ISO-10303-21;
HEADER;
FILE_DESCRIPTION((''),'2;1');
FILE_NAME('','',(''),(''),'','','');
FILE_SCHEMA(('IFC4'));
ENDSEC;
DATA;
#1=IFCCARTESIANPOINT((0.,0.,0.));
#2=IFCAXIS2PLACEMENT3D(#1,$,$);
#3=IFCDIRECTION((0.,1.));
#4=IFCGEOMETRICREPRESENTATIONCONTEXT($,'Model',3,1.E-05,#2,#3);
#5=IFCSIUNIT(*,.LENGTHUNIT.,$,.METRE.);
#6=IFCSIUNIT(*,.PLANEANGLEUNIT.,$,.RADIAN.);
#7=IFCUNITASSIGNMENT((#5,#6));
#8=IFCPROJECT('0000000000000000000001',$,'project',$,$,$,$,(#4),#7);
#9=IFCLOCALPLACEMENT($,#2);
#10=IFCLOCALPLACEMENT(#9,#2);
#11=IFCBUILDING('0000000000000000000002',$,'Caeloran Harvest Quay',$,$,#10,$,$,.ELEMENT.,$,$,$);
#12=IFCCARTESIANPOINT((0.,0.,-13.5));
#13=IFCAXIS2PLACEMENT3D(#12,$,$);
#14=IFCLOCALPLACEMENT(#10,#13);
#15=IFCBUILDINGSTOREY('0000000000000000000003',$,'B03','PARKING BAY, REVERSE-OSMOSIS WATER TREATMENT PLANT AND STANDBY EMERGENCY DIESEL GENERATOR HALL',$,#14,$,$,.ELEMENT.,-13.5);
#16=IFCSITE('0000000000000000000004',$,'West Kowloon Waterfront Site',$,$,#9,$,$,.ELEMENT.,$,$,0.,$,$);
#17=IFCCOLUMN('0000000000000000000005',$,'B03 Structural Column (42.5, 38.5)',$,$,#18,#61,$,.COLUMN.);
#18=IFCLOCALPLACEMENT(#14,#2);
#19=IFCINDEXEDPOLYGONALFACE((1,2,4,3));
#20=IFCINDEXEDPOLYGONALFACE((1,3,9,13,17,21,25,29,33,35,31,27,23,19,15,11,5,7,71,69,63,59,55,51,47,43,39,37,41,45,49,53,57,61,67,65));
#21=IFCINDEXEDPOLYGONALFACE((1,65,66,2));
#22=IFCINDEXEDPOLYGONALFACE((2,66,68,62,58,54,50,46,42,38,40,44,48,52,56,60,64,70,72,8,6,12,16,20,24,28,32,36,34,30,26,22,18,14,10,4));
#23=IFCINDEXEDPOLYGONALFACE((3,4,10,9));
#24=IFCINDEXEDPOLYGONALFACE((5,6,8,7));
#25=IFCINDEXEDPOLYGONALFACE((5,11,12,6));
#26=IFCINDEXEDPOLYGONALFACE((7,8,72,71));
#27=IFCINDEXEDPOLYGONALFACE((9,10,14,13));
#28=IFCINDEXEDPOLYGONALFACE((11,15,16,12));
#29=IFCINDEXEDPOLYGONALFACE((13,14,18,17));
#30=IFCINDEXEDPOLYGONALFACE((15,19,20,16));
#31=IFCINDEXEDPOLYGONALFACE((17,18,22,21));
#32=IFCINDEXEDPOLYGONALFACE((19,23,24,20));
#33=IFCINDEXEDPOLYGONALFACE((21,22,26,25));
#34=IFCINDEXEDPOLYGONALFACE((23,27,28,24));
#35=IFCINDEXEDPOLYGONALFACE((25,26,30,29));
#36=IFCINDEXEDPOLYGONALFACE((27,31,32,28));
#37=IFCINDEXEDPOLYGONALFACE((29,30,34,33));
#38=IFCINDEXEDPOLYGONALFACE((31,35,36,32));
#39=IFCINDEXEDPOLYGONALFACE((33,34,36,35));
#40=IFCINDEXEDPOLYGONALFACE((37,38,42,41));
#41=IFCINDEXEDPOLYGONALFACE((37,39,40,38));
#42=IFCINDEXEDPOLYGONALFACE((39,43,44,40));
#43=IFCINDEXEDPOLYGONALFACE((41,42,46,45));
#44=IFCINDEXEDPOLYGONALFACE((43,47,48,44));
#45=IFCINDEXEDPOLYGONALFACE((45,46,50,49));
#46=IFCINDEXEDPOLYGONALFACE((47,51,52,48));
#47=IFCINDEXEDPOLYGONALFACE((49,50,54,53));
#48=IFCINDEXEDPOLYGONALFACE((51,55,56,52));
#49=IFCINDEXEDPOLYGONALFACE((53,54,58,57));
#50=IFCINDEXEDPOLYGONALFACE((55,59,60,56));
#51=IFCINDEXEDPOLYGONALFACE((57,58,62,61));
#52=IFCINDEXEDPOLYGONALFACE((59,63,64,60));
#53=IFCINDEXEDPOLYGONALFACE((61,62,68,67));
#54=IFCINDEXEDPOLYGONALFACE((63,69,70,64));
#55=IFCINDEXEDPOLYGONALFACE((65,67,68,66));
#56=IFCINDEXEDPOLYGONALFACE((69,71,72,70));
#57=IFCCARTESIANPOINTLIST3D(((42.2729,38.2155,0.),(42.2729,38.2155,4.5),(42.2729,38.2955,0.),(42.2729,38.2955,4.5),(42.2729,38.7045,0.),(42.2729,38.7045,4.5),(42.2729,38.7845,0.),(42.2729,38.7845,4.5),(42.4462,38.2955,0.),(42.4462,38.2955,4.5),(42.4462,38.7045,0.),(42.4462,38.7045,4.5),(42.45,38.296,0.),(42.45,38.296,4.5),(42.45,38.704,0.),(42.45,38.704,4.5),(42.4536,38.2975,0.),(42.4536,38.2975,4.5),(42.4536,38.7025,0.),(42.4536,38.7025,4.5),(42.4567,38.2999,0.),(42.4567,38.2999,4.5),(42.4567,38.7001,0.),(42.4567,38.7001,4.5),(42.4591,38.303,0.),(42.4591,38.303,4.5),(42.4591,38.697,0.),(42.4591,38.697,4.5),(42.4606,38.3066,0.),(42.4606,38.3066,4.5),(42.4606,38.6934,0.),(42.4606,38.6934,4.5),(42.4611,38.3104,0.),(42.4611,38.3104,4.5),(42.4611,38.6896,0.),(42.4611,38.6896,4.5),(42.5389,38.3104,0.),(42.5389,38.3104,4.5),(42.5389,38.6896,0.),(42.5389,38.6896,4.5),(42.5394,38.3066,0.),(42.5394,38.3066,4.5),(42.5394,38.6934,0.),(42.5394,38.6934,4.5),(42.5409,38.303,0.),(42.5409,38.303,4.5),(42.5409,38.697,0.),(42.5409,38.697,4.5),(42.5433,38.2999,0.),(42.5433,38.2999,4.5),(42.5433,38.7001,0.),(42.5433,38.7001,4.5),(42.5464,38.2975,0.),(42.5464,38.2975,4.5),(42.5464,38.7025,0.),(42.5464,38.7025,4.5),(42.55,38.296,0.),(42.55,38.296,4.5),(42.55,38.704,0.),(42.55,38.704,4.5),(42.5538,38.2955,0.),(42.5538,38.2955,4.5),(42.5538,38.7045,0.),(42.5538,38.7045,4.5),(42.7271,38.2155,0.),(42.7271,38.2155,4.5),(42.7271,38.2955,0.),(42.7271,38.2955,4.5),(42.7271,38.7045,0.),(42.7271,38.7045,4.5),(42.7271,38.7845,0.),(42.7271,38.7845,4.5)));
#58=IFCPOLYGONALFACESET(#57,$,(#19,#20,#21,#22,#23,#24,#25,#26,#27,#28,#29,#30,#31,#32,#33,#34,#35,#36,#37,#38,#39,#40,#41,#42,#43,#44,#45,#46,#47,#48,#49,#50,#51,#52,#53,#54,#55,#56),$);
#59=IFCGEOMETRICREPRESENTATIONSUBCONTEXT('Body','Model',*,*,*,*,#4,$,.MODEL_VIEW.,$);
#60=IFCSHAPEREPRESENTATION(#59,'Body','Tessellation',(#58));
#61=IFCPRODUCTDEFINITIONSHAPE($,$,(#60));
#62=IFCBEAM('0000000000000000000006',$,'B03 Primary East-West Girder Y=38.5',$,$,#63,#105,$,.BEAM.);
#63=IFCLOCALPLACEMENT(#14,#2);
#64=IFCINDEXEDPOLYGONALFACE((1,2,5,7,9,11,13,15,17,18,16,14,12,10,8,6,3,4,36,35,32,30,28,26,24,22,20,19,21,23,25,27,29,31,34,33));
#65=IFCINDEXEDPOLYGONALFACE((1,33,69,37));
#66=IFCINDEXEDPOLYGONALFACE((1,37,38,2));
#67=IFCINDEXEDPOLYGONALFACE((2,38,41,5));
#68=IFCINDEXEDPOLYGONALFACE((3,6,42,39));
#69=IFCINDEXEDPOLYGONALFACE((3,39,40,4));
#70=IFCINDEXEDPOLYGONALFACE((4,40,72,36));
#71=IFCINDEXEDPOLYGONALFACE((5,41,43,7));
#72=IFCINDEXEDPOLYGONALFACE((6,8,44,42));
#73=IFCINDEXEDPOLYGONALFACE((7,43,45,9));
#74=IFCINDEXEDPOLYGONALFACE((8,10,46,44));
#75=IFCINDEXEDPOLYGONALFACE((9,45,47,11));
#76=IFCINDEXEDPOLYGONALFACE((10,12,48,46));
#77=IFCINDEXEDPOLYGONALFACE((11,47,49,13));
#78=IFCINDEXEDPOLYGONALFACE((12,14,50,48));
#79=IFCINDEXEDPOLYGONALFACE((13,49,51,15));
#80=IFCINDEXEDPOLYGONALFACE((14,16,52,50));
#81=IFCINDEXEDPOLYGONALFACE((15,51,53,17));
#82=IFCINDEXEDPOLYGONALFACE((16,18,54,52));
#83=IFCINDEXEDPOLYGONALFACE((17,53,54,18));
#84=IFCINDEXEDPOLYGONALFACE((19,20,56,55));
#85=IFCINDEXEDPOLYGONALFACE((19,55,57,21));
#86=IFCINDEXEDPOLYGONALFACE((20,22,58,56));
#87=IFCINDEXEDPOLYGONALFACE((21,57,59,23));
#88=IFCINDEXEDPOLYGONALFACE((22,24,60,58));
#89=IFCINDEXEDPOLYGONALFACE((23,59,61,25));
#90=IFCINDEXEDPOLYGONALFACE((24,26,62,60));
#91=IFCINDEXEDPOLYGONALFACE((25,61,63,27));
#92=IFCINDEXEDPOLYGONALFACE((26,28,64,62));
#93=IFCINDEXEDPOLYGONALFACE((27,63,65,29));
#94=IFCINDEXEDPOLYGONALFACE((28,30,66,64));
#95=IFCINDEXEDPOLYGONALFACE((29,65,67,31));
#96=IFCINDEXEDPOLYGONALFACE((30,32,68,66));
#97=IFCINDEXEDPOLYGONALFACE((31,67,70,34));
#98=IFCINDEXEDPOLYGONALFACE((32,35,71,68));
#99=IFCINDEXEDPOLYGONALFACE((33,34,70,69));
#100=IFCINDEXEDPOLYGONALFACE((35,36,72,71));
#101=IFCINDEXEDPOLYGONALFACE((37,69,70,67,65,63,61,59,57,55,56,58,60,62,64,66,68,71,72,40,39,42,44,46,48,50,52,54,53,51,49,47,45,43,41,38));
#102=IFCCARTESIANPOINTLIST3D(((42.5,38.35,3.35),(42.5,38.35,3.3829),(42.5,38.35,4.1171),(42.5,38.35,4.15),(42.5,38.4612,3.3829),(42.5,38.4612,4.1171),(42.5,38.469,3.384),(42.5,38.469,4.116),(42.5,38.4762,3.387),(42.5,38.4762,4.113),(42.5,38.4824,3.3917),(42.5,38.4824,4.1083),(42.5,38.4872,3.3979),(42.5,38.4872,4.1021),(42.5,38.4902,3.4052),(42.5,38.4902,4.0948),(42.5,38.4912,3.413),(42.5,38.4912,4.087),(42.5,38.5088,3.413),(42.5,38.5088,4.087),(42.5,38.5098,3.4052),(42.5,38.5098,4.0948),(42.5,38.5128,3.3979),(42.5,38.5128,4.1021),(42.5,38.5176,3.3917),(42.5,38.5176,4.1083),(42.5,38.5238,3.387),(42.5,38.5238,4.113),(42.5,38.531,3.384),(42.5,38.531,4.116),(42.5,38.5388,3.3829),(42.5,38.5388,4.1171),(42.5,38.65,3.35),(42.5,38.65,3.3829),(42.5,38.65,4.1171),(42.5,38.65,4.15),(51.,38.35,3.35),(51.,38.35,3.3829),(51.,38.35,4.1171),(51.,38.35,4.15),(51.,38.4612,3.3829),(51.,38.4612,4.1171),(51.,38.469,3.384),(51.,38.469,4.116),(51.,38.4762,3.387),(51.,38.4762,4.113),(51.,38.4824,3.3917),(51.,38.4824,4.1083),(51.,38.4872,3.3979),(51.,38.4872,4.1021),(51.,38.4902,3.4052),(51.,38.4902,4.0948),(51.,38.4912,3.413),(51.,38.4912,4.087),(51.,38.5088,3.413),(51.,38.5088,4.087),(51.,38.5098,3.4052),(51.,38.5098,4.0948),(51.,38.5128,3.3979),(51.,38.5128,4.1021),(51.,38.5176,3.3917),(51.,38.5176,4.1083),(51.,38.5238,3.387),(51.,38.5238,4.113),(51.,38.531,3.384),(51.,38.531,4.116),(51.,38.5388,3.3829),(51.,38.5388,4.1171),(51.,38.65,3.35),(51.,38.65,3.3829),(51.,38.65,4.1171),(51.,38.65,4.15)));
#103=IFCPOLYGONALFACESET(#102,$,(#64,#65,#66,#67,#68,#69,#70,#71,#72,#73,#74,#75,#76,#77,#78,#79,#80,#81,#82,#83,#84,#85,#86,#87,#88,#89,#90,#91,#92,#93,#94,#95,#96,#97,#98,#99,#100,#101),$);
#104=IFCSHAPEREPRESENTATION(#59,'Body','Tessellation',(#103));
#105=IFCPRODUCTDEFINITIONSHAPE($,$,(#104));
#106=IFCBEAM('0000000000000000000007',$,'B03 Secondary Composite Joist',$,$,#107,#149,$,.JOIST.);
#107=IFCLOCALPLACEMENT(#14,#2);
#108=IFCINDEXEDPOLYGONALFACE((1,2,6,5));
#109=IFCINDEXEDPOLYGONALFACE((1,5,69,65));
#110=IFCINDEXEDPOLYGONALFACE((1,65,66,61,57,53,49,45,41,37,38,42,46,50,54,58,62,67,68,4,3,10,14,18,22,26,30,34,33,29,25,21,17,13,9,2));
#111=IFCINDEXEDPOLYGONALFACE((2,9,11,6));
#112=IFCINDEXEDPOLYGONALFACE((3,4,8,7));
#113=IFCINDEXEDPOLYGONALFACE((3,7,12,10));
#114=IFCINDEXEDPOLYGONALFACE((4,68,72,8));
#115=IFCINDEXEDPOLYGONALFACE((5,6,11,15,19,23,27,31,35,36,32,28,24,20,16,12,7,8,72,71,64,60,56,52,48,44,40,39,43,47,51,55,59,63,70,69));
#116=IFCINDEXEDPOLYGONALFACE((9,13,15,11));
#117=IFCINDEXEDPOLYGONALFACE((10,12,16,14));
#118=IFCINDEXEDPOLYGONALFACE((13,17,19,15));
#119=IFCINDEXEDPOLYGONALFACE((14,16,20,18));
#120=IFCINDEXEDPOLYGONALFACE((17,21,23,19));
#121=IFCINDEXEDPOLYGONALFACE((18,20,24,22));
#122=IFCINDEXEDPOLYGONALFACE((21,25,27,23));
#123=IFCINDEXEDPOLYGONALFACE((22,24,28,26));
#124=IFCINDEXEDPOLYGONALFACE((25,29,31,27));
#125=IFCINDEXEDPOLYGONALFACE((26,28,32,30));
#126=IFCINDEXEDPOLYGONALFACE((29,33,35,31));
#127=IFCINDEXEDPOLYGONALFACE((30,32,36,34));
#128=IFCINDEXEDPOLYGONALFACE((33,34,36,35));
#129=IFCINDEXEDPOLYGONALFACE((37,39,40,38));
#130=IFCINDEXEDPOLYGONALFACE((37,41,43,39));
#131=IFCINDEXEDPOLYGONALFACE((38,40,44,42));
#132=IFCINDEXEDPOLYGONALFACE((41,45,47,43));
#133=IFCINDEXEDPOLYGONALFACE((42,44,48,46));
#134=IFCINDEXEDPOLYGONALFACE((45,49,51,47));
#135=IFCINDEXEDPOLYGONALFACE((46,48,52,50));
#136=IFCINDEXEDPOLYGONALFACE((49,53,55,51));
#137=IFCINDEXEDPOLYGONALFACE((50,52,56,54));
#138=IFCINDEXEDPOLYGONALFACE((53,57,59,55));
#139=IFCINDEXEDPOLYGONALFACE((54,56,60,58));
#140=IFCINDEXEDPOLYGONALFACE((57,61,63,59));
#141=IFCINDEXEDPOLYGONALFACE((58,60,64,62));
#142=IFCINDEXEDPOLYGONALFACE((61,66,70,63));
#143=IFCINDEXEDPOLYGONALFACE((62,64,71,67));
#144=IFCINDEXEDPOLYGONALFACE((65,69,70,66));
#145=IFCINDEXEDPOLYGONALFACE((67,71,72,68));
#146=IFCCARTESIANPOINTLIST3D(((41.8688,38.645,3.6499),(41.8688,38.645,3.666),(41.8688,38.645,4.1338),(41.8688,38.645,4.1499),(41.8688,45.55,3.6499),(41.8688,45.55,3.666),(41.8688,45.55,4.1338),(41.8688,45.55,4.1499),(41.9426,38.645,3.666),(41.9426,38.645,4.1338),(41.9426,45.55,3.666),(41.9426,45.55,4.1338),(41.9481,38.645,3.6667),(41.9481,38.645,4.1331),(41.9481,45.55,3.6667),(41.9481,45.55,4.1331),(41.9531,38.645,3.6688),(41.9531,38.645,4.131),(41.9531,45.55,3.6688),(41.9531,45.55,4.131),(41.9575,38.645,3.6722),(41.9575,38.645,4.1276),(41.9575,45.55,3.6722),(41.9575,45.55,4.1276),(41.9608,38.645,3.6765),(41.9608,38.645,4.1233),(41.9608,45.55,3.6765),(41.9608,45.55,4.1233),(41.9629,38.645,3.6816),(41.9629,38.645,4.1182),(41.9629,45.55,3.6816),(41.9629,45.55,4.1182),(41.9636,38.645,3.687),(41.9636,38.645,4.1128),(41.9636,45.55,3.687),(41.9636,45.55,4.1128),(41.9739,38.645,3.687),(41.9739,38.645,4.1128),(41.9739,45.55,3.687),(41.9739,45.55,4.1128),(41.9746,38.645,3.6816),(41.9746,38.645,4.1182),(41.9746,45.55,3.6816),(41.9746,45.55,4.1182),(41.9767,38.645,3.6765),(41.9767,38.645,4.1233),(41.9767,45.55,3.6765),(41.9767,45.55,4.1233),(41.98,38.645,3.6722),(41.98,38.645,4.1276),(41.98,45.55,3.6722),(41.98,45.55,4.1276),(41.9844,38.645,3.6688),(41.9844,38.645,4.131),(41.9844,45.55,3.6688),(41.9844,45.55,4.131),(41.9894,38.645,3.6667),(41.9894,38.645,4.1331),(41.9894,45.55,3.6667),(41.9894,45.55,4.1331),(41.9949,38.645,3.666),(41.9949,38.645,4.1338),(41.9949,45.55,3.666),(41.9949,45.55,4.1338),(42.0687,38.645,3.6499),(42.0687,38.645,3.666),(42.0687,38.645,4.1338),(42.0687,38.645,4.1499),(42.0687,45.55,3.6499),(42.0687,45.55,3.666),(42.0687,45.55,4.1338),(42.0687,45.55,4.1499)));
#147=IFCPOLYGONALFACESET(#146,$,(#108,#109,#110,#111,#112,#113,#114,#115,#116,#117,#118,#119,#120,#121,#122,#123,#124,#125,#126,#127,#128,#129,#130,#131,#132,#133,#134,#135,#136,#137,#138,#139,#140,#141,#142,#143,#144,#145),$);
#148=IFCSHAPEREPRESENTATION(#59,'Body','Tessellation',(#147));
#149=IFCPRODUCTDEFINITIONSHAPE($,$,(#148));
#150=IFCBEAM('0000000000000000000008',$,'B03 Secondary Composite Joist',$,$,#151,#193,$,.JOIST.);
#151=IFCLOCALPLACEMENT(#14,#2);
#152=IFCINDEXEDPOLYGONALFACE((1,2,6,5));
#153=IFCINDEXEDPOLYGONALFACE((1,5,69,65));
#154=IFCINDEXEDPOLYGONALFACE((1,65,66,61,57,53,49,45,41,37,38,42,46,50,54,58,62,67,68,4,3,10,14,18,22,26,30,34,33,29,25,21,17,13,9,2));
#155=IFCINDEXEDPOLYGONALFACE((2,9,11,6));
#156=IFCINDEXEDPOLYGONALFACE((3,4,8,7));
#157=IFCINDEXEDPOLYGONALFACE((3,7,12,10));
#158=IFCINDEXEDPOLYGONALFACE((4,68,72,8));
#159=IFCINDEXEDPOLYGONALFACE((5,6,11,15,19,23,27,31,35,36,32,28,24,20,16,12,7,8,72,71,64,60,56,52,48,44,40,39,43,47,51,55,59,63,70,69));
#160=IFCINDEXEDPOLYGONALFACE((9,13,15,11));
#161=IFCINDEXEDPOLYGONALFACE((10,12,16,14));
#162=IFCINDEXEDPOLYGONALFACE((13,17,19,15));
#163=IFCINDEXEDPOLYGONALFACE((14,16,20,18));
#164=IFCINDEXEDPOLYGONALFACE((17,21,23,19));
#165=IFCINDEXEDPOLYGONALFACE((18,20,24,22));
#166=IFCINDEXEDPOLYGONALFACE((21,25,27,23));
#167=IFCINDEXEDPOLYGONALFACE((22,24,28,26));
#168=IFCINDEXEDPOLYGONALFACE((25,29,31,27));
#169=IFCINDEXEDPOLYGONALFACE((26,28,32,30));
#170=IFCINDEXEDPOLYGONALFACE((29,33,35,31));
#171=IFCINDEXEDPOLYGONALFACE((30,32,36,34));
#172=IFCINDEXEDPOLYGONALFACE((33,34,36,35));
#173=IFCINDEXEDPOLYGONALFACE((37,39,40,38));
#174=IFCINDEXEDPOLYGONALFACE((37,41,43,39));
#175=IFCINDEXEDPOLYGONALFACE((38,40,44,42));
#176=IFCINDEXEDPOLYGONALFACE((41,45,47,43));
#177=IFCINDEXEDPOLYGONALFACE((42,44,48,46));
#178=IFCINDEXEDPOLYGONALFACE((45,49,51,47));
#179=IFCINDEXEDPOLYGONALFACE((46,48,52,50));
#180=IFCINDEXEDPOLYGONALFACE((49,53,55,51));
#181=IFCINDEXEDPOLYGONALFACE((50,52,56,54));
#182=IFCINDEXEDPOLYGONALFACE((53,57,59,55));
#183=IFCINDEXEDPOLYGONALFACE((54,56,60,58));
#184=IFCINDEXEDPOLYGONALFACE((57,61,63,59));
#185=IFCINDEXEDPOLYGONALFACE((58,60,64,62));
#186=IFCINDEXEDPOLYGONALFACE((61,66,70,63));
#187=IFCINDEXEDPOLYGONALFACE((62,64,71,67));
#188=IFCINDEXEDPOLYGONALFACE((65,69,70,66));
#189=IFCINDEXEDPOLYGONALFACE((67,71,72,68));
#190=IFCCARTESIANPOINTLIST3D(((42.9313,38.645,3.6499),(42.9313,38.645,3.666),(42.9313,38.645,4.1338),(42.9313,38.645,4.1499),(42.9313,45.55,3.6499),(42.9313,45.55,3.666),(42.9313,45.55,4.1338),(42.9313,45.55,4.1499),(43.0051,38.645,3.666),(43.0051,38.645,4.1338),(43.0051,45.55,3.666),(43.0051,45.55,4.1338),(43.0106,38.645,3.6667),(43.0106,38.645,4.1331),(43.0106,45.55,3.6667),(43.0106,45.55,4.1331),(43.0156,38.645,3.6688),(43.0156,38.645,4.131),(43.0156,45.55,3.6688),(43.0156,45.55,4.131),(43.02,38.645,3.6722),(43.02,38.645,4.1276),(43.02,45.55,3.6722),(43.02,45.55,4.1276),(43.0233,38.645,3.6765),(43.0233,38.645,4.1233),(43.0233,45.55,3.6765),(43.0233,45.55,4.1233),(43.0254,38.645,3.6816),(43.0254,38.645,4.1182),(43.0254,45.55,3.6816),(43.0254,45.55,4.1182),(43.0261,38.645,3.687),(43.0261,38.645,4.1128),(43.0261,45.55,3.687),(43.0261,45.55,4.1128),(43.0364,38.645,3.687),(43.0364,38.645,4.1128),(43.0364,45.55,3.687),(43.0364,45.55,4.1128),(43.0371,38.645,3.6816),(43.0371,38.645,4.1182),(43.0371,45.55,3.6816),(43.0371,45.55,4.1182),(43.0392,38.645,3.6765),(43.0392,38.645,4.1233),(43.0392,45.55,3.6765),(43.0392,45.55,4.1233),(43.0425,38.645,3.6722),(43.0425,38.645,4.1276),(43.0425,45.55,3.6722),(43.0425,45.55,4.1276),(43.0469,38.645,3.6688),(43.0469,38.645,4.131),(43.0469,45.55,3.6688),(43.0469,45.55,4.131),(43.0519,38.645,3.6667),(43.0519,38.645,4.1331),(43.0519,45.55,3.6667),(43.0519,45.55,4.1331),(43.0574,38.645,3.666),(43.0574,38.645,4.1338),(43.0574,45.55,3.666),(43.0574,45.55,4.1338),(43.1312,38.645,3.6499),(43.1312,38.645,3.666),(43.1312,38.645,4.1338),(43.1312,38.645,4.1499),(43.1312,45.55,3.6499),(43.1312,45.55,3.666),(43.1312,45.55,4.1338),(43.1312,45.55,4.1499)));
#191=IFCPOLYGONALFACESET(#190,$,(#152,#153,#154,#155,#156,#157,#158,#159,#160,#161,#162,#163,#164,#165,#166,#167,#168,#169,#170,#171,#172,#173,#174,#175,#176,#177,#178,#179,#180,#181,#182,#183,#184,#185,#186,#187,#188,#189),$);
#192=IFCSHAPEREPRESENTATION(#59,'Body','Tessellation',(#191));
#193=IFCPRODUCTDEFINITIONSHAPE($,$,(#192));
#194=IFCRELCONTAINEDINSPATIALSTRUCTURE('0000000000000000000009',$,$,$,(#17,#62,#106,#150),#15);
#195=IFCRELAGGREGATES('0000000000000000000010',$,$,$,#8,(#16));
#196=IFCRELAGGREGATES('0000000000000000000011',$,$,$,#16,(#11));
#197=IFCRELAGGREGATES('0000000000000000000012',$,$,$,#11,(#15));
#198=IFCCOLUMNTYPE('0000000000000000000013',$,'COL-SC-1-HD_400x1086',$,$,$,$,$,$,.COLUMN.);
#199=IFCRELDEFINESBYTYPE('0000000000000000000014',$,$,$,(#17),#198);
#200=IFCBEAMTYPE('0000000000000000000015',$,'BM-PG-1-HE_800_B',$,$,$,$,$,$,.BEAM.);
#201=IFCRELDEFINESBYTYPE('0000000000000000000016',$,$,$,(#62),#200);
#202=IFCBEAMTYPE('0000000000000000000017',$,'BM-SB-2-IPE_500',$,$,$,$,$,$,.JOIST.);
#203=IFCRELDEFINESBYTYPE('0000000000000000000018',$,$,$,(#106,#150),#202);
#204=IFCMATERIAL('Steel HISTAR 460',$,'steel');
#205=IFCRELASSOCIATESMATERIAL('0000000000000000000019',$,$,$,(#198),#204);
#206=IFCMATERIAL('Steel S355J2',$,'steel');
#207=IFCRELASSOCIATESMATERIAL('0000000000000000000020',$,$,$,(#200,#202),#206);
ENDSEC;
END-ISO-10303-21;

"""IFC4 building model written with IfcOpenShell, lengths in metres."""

from ifc_helpers import new_model, si_unit, direction, frame, origin, origin_2d, place, context, subcontext, project, spatial, i_section, extrude, material, material_profile, profile_set, type_object, element, save


model = new_model("IFC4")

# Units and contexts
model_context = context("Model", 3, precision=1e-05, world=origin(), true_north=direction((0.0, 1.0)))
body_context = subcontext(model_context, "Body", "Model", "MODEL_VIEW")
ifc_project = project(units=[si_unit("LENGTHUNIT", "METRE"), si_unit("PLANEANGLEUNIT", "RADIAN")], contexts=[model_context])

# Site, building, storey
site_placement = place(None, origin())
site = spatial("IfcSite", under=ifc_project, at=site_placement, Name="West Kowloon Waterfront Site", CompositionType="ELEMENT", RefElevation=0.0)
building_placement = place(site_placement, origin())
building = spatial("IfcBuilding", under=site, at=building_placement, Name="Caeloran Harvest Quay", CompositionType="ELEMENT")
storey_placement = place(building_placement, frame((0.0, 0.0, -13.5)))
storey = spatial("IfcBuildingStorey", under=building, at=storey_placement, Name="B03", Description="PARKING BAY, REVERSE-OSMOSIS WATER TREATMENT PLANT AND STANDBY EMERGENCY DIESEL GENERATOR HALL", CompositionType="ELEMENT", Elevation=-13.5)

# Column
ifc_material_1 = material(Name="Steel HISTAR 460", Category="steel")
ifc_material_profile_1 = material_profile(ifc_material_1, i_section(OverallWidth=0.4541, OverallDepth=0.5691, WebThickness=0.0779, FlangeThickness=0.0801, FilletRadius=0.0149, at=origin_2d()), Name="HD 400x1086")
ifc_profile_set_1 = profile_set([ifc_material_profile_1], Name="Steel HISTAR 460")
column_type = type_object("IfcColumnType", Name="COL-SC-1-HD_400x1086", PredefinedType="COLUMN", material=ifc_profile_set_1)
column_placement = place(storey_placement, frame((42.5, 38.5, 0.0), z_axis=(0.0, 0.0, 1.0), x_axis=(1.0, 0.0, 0.0)))
element("IfcColumn", 1, at=column_placement, inside=storey, type_object=column_type, Name="B03 Structural Column (42.5, 38.5)", PredefinedType="COLUMN", context=body_context, shape_type="SweptSolid", body=[
    extrude(i_section(OverallWidth=0.4541, OverallDepth=0.5691, WebThickness=0.0779, FlangeThickness=0.0801, FilletRadius=0.0149, at=origin_2d()), origin(), (0.0, 0.0, 1.0), 4.5),
])

# Beams
ifc_material_2 = material(Name="Steel S355J2", Category="steel")
ifc_material_profile_2 = material_profile(ifc_material_2, i_section(OverallWidth=0.3, OverallDepth=0.8, WebThickness=0.0176, FlangeThickness=0.033, FilletRadius=0.03, at=origin_2d()), Name="HE 800 B")
ifc_profile_set_2 = profile_set([ifc_material_profile_2], Name="Steel S355J2")
beam_type_1 = type_object("IfcBeamType", Name="BM-PG-1-HE_800_B", PredefinedType="BEAM", material=ifc_profile_set_2)
beam_placement = place(storey_placement, frame((42.5, 38.5, 3.75), z_axis=(1.0, 0.0, 0.0), x_axis=(0.0, 1.0, 0.0)))
element("IfcBeam", 2, at=beam_placement, inside=storey, type_object=beam_type_1, Name="B03 Primary East-West Girder Y=38.5", PredefinedType="BEAM", context=body_context, shape_type="SweptSolid", body=[
    extrude(i_section(OverallWidth=0.3, OverallDepth=0.8, WebThickness=0.0176, FlangeThickness=0.033, FilletRadius=0.03, at=origin_2d()), origin(), (0.0, 0.0, 1.0), 8.5),
])
ifc_material_profile_3 = material_profile(ifc_material_2, i_section(OverallWidth=0.2, OverallDepth=0.5, WebThickness=0.0103, FlangeThickness=0.0161, FilletRadius=0.021, at=origin_2d()), Name="IPE 500")
ifc_profile_set_3 = profile_set([ifc_material_profile_3], Name="Steel S355J2")
beam_type_2 = type_object("IfcBeamType", Name="BM-SB-2-IPE_500", PredefinedType="JOIST", material=ifc_profile_set_3)
for number, where, z_axis, x_axis, name in (
    (3, (41.9688, 38.645, 3.8999), (0.0, 1.0, 0.0), (-1.0, 0.0, 0.0), "B03 Secondary Composite Joist"),
    (4, (43.0312, 38.645, 3.8999), (0.0, 1.0, 0.0), (-1.0, 0.0, 0.0), "B03 Secondary Composite Joist"),
):
    element("IfcBeam", number, at=place(storey_placement, frame(where, z_axis=z_axis, x_axis=x_axis)), inside=storey, type_object=beam_type_2, Name=name, PredefinedType="JOIST", context=body_context, shape_type="SweptSolid", body=[
        extrude(i_section(OverallWidth=0.2, OverallDepth=0.5, WebThickness=0.0103, FlangeThickness=0.0161, FilletRadius=0.021, at=origin_2d()), origin(), (0.0, 0.0, 1.0), 6.905),
    ])

save(model, "model.ifc")
